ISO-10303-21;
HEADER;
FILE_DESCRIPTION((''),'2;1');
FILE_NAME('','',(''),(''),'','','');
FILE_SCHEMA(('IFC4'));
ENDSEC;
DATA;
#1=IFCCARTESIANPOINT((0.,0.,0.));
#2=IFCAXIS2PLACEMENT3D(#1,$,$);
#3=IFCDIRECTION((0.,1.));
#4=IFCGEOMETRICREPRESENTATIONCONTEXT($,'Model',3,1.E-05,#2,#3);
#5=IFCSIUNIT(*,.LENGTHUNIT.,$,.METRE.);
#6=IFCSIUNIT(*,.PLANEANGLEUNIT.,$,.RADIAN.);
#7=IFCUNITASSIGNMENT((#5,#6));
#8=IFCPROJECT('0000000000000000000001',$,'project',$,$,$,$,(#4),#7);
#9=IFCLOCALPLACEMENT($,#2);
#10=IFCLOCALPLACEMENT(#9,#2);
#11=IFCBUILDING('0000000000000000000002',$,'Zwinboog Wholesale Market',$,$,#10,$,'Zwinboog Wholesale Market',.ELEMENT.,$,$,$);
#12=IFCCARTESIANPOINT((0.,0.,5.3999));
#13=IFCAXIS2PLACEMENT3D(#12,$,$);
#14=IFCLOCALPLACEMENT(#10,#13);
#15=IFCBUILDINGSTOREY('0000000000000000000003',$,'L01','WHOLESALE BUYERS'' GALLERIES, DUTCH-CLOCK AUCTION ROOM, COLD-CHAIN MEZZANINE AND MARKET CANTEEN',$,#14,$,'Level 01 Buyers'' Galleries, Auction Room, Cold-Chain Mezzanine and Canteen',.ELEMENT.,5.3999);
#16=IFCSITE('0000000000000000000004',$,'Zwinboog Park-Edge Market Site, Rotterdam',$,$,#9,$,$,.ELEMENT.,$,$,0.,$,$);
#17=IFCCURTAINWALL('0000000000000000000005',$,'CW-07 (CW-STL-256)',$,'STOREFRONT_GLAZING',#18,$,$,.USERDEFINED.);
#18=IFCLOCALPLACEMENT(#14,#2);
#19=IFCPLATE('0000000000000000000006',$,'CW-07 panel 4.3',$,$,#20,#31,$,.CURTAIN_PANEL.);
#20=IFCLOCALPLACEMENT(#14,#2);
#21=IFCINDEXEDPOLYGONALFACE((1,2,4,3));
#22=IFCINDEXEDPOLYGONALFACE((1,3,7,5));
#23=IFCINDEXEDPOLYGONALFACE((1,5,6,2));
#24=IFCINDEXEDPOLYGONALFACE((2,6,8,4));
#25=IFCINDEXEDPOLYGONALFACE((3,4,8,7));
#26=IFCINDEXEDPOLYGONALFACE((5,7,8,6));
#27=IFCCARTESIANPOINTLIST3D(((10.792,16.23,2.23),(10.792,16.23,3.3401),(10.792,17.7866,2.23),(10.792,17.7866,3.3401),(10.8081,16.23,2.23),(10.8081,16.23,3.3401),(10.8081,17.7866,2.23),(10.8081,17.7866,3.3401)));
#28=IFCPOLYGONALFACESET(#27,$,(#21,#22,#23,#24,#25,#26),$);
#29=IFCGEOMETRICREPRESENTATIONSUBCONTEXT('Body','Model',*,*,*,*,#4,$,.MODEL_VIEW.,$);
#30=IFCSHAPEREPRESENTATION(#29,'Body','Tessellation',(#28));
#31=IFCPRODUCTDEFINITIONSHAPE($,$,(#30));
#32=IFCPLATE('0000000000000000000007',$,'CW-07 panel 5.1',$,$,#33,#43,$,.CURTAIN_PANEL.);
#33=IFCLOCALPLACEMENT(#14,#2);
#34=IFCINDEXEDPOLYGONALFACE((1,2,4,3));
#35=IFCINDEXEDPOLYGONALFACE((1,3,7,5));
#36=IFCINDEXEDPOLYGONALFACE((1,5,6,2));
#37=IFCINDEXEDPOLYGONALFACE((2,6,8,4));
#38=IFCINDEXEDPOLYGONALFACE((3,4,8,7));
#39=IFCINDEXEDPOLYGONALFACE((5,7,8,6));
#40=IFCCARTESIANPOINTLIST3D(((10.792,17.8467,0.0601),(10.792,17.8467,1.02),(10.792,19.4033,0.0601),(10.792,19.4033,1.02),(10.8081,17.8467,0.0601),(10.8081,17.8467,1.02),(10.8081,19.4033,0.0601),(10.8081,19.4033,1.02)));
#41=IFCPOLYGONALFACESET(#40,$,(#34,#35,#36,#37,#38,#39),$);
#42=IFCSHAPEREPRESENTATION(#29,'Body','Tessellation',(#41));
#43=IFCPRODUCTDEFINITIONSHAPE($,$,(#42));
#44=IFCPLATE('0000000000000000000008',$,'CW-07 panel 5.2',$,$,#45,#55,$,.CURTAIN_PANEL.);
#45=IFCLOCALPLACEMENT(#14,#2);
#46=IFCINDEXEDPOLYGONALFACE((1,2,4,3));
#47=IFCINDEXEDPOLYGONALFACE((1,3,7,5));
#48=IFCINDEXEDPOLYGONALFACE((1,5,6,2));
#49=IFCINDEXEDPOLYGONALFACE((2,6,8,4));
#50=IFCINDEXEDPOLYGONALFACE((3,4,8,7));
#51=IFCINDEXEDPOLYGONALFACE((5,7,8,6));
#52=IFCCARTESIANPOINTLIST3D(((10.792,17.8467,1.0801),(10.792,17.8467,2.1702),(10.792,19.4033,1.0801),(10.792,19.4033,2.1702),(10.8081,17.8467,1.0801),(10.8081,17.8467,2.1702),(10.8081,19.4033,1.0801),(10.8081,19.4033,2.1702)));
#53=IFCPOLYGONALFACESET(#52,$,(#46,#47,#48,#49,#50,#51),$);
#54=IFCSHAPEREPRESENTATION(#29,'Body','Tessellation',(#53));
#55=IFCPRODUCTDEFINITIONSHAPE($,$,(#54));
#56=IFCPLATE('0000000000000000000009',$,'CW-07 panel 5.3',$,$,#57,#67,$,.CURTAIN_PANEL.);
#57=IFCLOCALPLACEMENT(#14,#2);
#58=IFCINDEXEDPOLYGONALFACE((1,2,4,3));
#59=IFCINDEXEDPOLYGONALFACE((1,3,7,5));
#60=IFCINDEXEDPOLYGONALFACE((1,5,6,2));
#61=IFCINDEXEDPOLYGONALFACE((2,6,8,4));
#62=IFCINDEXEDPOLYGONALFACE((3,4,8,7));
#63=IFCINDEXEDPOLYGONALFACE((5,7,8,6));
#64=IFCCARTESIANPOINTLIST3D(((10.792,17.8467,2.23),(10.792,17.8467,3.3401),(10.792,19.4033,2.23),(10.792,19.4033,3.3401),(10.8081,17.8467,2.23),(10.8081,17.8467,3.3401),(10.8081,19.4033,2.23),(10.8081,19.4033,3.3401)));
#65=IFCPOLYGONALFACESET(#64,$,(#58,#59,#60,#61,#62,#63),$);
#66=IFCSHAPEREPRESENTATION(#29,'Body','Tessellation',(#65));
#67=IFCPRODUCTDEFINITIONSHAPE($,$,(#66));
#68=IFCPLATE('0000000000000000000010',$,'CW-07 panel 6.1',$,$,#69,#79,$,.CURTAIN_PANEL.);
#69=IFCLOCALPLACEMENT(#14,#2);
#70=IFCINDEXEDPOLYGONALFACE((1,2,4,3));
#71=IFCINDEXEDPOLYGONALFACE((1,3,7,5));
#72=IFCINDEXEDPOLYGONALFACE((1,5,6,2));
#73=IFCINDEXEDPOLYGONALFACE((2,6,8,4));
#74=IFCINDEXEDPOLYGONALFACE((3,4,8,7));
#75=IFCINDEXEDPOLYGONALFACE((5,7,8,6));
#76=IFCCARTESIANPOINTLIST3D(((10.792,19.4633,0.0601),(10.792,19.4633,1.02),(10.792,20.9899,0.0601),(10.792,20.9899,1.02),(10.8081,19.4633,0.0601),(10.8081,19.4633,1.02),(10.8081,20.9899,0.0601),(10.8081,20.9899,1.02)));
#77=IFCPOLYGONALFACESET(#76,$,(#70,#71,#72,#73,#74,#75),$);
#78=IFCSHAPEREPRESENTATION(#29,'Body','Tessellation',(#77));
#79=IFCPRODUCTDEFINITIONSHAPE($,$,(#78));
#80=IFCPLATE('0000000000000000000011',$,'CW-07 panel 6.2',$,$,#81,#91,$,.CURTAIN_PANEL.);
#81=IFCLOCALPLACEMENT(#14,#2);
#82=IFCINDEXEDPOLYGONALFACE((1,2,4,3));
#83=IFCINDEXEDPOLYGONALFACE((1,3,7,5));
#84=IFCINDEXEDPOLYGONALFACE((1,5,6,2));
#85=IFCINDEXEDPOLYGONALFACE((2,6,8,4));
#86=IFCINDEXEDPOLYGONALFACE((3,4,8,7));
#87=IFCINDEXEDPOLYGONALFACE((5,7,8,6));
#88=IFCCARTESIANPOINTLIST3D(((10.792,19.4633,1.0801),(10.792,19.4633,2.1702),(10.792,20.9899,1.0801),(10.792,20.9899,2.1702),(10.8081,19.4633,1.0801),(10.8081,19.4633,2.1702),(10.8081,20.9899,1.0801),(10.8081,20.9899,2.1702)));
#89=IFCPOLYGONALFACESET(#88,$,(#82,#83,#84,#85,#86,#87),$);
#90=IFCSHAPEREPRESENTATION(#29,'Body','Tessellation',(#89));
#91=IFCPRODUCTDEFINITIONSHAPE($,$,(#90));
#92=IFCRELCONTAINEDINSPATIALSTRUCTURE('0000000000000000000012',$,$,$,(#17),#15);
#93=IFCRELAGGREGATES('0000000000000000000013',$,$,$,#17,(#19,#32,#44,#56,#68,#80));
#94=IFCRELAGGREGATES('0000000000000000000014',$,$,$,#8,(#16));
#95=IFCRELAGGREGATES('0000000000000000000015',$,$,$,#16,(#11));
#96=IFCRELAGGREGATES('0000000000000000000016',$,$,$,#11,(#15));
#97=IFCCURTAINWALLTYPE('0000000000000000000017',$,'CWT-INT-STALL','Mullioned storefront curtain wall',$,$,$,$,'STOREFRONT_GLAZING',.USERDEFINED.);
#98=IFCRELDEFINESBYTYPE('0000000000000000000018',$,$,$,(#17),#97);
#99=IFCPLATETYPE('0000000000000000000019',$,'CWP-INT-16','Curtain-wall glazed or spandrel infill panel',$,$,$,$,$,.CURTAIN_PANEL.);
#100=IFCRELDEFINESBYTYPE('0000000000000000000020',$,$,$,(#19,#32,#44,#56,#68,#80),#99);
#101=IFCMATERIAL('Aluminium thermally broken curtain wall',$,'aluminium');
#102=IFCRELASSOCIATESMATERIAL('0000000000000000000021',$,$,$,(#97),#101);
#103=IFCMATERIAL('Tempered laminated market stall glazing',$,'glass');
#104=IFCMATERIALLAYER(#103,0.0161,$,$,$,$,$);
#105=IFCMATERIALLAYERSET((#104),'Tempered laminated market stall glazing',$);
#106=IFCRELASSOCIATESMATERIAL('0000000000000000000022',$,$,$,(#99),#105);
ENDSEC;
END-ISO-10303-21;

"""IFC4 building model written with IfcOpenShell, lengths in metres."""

from ifc_helpers import new_model, si_unit, direction, frame, origin, origin_2d, place, context, subcontext, project, spatial, rectangle, extrude, material, layer, layer_set, type_object, element, aggregate, save


model = new_model("IFC4")

# Units and contexts
model_context = context("Model", 3, precision=1e-05, world=origin(), true_north=direction((0.0, 1.0)))
body_context = subcontext(model_context, "Body", "Model", "MODEL_VIEW")
ifc_project = project(units=[si_unit("LENGTHUNIT", "METRE"), si_unit("PLANEANGLEUNIT", "RADIAN")], contexts=[model_context])

# Site, building, storey
site_placement = place(None, origin())
site = spatial("IfcSite", under=ifc_project, at=site_placement, Name="Zwinboog Park-Edge Market Site, Rotterdam", CompositionType="ELEMENT", RefElevation=0.0)
building_placement = place(site_placement, origin())
building = spatial("IfcBuilding", under=site, at=building_placement, Name="Zwinboog Wholesale Market", LongName="Zwinboog Wholesale Market", CompositionType="ELEMENT")
storey_placement = place(building_placement, frame((0.0, 0.0, 5.3999)))
storey = spatial("IfcBuildingStorey", under=building, at=storey_placement, Name="L01", Description="WHOLESALE BUYERS' GALLERIES, DUTCH-CLOCK AUCTION ROOM, COLD-CHAIN MEZZANINE AND MARKET CANTEEN", LongName="Level 01 Buyers' Galleries, Auction Room, Cold-Chain Mezzanine and Canteen", CompositionType="ELEMENT", Elevation=5.3999)

# Curtain wall, plates
ifc_material_1 = material(Name="Aluminium thermally broken curtain wall", Category="aluminium")
curtain_wall_type = type_object("IfcCurtainWallType", Name="CWT-INT-STALL", Description="Mullioned storefront curtain wall", ElementType="STOREFRONT_GLAZING", PredefinedType="USERDEFINED", material=ifc_material_1)
curtain_wall_placement = place(storey_placement, origin())
curtain_wall = element("IfcCurtainWall", 1, at=curtain_wall_placement, inside=storey, type_object=curtain_wall_type, Name="CW-07 (CW-STL-256)", ObjectType="STOREFRONT_GLAZING", PredefinedType="USERDEFINED")
ifc_material_2 = material(Name="Tempered laminated market stall glazing", Category="glass")
ifc_layer = layer(ifc_material_2, 0.0161)
ifc_layer_set = layer_set([ifc_layer], Name="Tempered laminated market stall glazing")
plate_type = type_object("IfcPlateType", Name="CWP-INT-16", Description="Curtain-wall glazed or spandrel infill panel", PredefinedType="CURTAIN_PANEL", material=ifc_layer_set)
plate_1_placement = place(storey_placement, frame((10.8, 17.0083, 2.23), z_axis=(0.0, 0.0, 1.0), x_axis=(0.0, 1.0, 0.0)))
plate_1 = element("IfcPlate", 2, at=plate_1_placement, type_object=plate_type, Name="CW-07 panel 4.3", PredefinedType="CURTAIN_PANEL", context=body_context, shape_type="SweptSolid", body=[
    extrude(rectangle(XDim=1.5566, YDim=0.0161, at=origin_2d()), origin(), (0.0, 0.0, 1.0), 1.1101),
])
plate_2_placement = place(storey_placement, frame((10.8, 18.625, 0.0601), z_axis=(0.0, 0.0, 1.0), x_axis=(0.0, 1.0, 0.0)))
plate_2 = element("IfcPlate", 3, at=plate_2_placement, type_object=plate_type, Name="CW-07 panel 5.1", PredefinedType="CURTAIN_PANEL", context=body_context, shape_type="SweptSolid", body=[
    extrude(rectangle(XDim=1.5566, YDim=0.0161, at=origin_2d()), origin(), (0.0, 0.0, 1.0), 0.96),
])
plate_3_placement = place(storey_placement, frame((10.8, 18.625, 1.0801), z_axis=(0.0, 0.0, 1.0), x_axis=(0.0, 1.0, 0.0)))
plate_3 = element("IfcPlate", 4, at=plate_3_placement, type_object=plate_type, Name="CW-07 panel 5.2", PredefinedType="CURTAIN_PANEL", context=body_context, shape_type="SweptSolid", body=[
    extrude(rectangle(XDim=1.5566, YDim=0.0161, at=origin_2d()), origin(), (0.0, 0.0, 1.0), 1.0901),
])
plate_4_placement = place(storey_placement, frame((10.8, 18.625, 2.23), z_axis=(0.0, 0.0, 1.0), x_axis=(0.0, 1.0, 0.0)))
plate_4 = element("IfcPlate", 5, at=plate_4_placement, type_object=plate_type, Name="CW-07 panel 5.3", PredefinedType="CURTAIN_PANEL", context=body_context, shape_type="SweptSolid", body=[
    extrude(rectangle(XDim=1.5566, YDim=0.0161, at=origin_2d()), origin(), (0.0, 0.0, 1.0), 1.1101),
])
plate_5_placement = place(storey_placement, frame((10.8, 20.2266, 0.0601), z_axis=(0.0, 0.0, 1.0), x_axis=(0.0, 1.0, 0.0)))
plate_5 = element("IfcPlate", 6, at=plate_5_placement, type_object=plate_type, Name="CW-07 panel 6.1", PredefinedType="CURTAIN_PANEL", context=body_context, shape_type="SweptSolid", body=[
    extrude(rectangle(XDim=1.5266, YDim=0.0161, at=origin_2d()), origin(), (0.0, 0.0, 1.0), 0.96),
])
plate_6_placement = place(storey_placement, frame((10.8, 20.2266, 1.0801), z_axis=(0.0, 0.0, 1.0), x_axis=(0.0, 1.0, 0.0)))
plate_6 = element("IfcPlate", 7, at=plate_6_placement, type_object=plate_type, Name="CW-07 panel 6.2", PredefinedType="CURTAIN_PANEL", context=body_context, shape_type="SweptSolid", body=[
    extrude(rectangle(XDim=1.5266, YDim=0.0161, at=origin_2d()), origin(), (0.0, 0.0, 1.0), 1.0901),
])
aggregate(curtain_wall, [plate_1, plate_2, plate_3, plate_4, plate_5, plate_6])

save(model, "model.ifc")
